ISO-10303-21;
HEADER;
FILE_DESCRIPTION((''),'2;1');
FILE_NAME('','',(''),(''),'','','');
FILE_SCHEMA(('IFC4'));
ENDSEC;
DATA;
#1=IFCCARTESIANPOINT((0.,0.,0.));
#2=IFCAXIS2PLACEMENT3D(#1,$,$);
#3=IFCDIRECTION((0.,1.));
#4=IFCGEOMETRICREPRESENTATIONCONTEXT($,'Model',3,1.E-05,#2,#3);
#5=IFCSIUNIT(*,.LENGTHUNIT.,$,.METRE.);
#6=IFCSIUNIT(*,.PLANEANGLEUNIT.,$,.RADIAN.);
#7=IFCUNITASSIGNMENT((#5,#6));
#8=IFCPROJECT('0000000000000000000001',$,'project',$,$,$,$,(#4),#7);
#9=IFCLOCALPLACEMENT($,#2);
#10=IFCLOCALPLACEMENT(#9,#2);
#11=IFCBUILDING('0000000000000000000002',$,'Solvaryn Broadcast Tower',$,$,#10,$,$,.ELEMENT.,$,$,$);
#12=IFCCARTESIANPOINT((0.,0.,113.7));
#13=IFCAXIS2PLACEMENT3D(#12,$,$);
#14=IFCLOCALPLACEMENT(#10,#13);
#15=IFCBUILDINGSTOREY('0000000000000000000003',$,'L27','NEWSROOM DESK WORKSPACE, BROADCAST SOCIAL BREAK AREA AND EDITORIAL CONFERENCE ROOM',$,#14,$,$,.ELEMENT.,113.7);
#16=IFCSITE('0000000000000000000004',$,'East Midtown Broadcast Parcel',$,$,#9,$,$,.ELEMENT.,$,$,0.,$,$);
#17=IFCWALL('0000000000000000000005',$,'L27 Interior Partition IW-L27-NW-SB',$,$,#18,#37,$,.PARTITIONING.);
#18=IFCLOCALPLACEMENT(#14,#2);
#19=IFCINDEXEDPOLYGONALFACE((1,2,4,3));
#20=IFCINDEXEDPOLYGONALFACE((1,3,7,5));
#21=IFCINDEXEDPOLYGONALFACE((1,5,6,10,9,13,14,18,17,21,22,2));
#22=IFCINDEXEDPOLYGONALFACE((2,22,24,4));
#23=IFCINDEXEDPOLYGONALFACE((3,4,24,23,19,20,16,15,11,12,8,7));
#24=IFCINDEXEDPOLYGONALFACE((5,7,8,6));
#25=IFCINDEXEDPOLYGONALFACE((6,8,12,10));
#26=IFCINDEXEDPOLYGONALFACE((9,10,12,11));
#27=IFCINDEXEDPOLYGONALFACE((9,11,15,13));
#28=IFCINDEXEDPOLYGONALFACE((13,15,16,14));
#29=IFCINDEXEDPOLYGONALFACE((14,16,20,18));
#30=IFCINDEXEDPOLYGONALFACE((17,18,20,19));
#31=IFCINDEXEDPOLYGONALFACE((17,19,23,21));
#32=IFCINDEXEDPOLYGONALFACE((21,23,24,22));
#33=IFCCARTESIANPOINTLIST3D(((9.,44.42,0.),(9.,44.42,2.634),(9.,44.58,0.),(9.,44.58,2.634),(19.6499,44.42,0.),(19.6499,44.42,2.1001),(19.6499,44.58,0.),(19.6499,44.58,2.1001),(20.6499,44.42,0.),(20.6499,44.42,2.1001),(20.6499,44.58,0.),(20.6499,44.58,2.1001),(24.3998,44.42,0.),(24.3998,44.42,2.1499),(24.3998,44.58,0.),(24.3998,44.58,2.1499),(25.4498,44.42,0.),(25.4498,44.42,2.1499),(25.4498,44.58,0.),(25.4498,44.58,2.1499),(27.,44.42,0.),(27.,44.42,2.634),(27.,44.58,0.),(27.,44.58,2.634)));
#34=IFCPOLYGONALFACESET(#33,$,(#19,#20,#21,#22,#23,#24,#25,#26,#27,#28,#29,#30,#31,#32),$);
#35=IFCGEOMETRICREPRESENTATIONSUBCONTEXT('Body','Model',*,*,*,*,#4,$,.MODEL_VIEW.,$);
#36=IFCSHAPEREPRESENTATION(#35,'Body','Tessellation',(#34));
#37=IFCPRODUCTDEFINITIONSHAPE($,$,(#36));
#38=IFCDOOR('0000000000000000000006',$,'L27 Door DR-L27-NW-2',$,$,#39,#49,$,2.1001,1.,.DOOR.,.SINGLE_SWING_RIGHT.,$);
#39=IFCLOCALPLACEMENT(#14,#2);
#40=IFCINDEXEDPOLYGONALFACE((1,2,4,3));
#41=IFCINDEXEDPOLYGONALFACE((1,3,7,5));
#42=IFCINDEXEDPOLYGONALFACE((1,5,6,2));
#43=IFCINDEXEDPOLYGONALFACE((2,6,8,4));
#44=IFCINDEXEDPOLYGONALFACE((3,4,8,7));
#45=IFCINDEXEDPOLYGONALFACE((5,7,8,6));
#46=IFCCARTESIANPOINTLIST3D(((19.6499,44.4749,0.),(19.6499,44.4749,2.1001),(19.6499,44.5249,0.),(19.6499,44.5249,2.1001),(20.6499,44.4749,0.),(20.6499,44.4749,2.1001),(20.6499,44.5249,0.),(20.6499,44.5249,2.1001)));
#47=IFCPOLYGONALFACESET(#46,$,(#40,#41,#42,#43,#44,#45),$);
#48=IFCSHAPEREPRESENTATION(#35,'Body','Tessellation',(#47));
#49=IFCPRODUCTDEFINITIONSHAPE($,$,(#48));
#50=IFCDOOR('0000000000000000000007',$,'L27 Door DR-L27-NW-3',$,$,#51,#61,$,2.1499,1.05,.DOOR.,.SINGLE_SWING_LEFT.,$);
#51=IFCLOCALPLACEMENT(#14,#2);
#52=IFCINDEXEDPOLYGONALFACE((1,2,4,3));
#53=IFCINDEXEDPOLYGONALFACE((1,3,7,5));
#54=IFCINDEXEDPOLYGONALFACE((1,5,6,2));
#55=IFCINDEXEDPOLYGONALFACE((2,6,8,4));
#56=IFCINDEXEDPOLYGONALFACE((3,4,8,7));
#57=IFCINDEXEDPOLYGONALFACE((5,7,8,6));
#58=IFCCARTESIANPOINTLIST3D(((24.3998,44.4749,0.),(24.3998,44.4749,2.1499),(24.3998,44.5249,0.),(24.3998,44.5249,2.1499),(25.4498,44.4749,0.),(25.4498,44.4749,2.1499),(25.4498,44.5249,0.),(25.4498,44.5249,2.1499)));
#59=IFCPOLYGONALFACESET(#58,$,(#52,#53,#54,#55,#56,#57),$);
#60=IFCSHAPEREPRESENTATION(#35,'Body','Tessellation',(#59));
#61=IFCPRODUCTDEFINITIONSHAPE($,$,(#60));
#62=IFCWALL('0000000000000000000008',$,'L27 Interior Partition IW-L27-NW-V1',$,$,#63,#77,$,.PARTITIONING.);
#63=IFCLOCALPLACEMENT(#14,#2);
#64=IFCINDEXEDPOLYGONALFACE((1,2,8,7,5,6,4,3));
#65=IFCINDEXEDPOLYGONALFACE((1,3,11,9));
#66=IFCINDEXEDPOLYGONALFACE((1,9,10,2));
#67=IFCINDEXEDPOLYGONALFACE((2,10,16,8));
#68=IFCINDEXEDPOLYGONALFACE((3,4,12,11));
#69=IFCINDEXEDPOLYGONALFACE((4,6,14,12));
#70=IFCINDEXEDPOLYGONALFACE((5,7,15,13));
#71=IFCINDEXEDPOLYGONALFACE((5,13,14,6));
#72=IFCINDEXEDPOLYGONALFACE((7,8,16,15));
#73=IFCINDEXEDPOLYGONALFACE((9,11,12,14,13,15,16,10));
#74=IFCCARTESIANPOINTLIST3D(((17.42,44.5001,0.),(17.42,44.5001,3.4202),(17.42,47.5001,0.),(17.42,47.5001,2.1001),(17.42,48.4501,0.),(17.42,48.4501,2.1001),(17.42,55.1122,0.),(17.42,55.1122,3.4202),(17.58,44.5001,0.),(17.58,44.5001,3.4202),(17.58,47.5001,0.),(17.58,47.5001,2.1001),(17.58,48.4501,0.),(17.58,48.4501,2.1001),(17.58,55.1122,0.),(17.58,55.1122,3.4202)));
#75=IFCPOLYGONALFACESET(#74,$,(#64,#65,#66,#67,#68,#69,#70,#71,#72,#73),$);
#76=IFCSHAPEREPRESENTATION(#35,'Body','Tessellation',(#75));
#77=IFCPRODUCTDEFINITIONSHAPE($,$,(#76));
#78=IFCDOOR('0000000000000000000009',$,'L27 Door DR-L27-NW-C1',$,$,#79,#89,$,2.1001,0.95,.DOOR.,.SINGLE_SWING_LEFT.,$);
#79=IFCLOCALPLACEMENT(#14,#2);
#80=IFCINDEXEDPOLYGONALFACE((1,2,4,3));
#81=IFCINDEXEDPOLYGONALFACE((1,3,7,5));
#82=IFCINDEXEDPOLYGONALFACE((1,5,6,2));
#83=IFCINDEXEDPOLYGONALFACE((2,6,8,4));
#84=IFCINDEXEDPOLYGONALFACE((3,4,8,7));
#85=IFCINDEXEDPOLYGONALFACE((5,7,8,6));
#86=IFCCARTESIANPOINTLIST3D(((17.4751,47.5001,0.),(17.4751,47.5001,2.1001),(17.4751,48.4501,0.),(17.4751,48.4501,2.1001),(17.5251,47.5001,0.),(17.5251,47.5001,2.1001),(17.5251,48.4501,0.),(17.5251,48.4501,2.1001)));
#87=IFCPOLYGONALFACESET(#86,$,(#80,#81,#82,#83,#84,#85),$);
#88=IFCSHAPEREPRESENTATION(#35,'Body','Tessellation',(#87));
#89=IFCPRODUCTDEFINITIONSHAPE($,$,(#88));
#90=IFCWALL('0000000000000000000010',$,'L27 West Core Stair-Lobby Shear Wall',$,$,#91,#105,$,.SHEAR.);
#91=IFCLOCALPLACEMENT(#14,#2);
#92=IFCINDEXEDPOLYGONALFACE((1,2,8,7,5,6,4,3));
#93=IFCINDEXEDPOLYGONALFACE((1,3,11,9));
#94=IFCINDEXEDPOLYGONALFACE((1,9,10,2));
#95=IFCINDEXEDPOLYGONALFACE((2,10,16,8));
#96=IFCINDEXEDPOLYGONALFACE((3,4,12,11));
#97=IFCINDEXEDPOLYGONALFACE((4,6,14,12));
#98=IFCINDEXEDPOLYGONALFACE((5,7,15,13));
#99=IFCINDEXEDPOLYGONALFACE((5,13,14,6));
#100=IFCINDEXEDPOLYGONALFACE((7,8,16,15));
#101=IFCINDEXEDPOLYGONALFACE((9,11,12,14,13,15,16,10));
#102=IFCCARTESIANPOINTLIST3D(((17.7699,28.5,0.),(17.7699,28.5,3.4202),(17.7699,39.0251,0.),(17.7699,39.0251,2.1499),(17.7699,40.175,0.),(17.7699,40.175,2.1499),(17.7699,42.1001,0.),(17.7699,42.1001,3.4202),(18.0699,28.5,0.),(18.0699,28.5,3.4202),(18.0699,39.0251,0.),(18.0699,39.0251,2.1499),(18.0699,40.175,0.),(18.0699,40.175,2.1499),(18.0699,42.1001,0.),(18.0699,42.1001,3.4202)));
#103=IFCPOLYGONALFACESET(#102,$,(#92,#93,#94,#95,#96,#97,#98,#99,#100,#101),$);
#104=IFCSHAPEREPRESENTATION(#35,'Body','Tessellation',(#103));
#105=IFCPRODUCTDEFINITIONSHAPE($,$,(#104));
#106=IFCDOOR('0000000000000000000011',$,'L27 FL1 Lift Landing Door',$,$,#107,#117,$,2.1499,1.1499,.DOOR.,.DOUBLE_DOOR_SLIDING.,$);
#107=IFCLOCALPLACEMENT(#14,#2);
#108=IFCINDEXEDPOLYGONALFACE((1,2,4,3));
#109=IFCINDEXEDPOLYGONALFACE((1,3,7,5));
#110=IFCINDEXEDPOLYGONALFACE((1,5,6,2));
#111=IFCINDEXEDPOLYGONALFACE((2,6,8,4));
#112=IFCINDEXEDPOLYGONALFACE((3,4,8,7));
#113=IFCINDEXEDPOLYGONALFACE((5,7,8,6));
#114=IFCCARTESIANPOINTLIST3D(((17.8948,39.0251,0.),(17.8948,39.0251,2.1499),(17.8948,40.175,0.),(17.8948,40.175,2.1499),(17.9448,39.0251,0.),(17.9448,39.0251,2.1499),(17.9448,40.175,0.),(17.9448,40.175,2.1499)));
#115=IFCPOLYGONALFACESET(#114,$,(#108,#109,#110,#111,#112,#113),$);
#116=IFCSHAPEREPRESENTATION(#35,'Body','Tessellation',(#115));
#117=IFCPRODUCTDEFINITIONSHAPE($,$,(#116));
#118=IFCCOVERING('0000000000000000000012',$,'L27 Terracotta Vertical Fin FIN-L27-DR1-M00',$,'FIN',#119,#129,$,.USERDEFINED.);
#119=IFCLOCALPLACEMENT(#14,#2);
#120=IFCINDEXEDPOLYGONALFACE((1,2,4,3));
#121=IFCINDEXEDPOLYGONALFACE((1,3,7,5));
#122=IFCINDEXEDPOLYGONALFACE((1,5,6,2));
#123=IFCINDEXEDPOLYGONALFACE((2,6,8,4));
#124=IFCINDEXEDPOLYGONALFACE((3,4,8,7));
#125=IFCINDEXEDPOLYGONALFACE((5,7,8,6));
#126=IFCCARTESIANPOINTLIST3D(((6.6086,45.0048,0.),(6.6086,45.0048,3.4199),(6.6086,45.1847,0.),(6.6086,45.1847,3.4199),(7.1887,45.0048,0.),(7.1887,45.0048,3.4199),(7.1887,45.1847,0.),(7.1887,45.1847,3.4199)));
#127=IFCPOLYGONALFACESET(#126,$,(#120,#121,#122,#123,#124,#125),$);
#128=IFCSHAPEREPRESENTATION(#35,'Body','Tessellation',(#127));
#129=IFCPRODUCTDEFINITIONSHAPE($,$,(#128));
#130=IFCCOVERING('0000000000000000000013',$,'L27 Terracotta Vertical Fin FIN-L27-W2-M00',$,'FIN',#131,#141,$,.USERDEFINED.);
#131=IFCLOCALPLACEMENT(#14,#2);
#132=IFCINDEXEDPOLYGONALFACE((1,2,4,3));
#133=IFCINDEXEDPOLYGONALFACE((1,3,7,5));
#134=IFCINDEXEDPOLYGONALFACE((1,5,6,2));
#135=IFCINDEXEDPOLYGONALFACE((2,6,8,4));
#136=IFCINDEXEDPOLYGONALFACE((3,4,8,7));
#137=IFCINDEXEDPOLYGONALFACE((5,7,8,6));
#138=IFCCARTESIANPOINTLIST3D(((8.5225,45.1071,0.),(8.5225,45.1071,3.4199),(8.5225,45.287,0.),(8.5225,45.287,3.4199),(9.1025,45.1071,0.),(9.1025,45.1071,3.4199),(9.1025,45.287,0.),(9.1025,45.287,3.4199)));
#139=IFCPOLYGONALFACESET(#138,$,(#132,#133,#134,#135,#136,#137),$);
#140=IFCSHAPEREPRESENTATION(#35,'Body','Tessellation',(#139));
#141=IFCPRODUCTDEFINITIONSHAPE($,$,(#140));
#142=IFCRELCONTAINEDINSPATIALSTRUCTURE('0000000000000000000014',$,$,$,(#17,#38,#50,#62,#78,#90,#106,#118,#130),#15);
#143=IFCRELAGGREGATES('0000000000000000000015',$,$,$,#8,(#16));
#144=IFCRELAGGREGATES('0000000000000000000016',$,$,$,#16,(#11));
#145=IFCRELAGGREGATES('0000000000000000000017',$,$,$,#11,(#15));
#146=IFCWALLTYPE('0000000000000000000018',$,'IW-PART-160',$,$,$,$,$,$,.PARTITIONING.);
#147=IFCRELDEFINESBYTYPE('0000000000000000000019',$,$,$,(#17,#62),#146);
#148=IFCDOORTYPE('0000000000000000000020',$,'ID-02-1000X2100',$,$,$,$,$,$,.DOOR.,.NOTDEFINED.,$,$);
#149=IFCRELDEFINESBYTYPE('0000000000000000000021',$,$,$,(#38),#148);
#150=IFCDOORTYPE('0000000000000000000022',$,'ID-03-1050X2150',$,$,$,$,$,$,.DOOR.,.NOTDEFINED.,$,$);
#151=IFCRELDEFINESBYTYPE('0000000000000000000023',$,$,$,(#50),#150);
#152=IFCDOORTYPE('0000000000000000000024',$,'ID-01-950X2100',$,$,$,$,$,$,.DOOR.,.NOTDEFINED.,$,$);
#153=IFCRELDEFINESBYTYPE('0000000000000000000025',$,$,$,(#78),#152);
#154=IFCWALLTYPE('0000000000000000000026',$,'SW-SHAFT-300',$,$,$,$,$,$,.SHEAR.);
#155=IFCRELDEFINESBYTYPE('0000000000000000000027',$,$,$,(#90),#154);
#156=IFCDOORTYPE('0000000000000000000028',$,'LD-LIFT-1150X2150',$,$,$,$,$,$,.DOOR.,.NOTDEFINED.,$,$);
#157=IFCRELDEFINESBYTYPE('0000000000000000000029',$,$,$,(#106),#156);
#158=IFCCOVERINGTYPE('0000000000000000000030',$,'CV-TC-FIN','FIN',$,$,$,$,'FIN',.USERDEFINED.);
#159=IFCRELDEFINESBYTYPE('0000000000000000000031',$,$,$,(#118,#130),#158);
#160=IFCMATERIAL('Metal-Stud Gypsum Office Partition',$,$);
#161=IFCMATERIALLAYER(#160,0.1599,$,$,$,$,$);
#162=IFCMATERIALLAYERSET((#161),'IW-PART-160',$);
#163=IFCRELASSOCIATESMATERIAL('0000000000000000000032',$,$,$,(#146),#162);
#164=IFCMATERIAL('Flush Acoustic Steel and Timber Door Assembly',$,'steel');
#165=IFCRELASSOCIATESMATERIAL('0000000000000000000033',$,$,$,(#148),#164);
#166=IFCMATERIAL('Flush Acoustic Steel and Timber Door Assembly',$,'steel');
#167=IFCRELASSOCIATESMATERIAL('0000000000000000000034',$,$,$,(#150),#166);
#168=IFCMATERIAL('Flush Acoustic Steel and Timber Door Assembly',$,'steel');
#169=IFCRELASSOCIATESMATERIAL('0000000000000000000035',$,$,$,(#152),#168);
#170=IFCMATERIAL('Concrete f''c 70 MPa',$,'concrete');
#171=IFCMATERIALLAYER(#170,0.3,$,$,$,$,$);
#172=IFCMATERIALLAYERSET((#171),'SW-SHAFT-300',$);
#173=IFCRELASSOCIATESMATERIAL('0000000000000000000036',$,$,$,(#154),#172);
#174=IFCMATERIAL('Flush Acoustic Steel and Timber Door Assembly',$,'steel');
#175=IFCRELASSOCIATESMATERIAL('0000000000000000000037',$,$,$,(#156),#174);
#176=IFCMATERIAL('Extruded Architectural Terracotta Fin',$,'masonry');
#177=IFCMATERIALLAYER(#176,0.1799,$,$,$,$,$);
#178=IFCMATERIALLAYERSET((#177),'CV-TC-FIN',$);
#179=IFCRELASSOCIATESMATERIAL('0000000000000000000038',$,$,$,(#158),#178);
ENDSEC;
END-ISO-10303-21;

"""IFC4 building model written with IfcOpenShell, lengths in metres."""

from ifc_helpers import new_model, si_unit, direction, frame, frame_2d, origin, origin_2d, place, context, subcontext, project, spatial, rectangle, extrude, material, layer, layer_set, type_object, element, fill, save


model = new_model("IFC4")

# Units and contexts
model_context = context("Model", 3, precision=1e-05, world=origin(), true_north=direction((0.0, 1.0)))
body_context = subcontext(model_context, "Body", "Model", "MODEL_VIEW")
ifc_project = project(units=[si_unit("LENGTHUNIT", "METRE"), si_unit("PLANEANGLEUNIT", "RADIAN")], contexts=[model_context])

# Site, building, storey
site_placement = place(None, origin())
site = spatial("IfcSite", under=ifc_project, at=site_placement, Name="East Midtown Broadcast Parcel", CompositionType="ELEMENT", RefElevation=0.0)
building_placement = place(site_placement, origin())
building = spatial("IfcBuilding", under=site, at=building_placement, Name="Solvaryn Broadcast Tower", CompositionType="ELEMENT")
storey_placement = place(building_placement, frame((0.0, 0.0, 113.7)))
storey = spatial("IfcBuildingStorey", under=building, at=storey_placement, Name="L27", Description="NEWSROOM DESK WORKSPACE, BROADCAST SOCIAL BREAK AREA AND EDITORIAL CONFERENCE ROOM", CompositionType="ELEMENT", Elevation=113.7)

# Shared definitions
ifc_material_1 = material(Name="Metal-Stud Gypsum Office Partition")
ifc_layer_1 = layer(ifc_material_1, 0.1599)
ifc_layer_set_1 = layer_set([ifc_layer_1], Name="IW-PART-160")
wall_type_1 = type_object("IfcWallType", Name="IW-PART-160", PredefinedType="PARTITIONING", material=ifc_layer_set_1)

# Wall, openings, doors
wall_1_placement = place(storey_placement, frame((9.0, 44.5, 0.0), z_axis=(0.0, 0.0, 1.0), x_axis=(1.0, 0.0, 0.0)))
wall_1 = element("IfcWall", 1, at=wall_1_placement, inside=storey, type_object=wall_type_1, Name="L27 Interior Partition IW-L27-NW-SB", PredefinedType="PARTITIONING", context=body_context, shape_type="SweptSolid", body=[
    extrude(rectangle(XDim=18.0, YDim=0.1599, at=frame_2d((9.0, 0.0))), origin(), (0.0, 0.0, 1.0), 2.634),
])
opening_1_placement = place(wall_1_placement, frame((10.6499, 0.0, 0.0)))
opening_1 = element("IfcOpeningElement", 2, at=opening_1_placement, cuts=wall_1, PredefinedType="OPENING", context=body_context, shape_type="SweptSolid", body=[
    extrude(rectangle(XDim=1.0, YDim=2.1001, at=frame_2d((0.5, 1.05))), frame((0.0, 0.0901, 0.0), z_axis=(0.0, -1.0, 0.0), x_axis=(1.0, 0.0, 0.0)), (0.0, 0.0, 1.0), 0.1799),
])
opening_2_placement = place(wall_1_placement, frame((15.3999, 0.0, 0.0)))
opening_2 = element("IfcOpeningElement", 3, at=opening_2_placement, cuts=wall_1, PredefinedType="OPENING", context=body_context, shape_type="SweptSolid", body=[
    extrude(rectangle(XDim=1.05, YDim=2.1499, at=frame_2d((0.5249, 1.075))), frame((0.0, 0.0901, 0.0), z_axis=(0.0, -1.0, 0.0), x_axis=(1.0, 0.0, 0.0)), (0.0, 0.0, 1.0), 0.1799),
])
ifc_material_2 = material(Name="Flush Acoustic Steel and Timber Door Assembly", Category="steel")
door_type_1 = type_object("IfcDoorType", Name="ID-02-1000X2100", OperationType="NOTDEFINED", PredefinedType="DOOR", material=ifc_material_2)
door_1_placement = place(opening_1_placement, origin())
door_1 = element("IfcDoor", 4, at=door_1_placement, inside=storey, type_object=door_type_1, Name="L27 Door DR-L27-NW-2", OperationType="SINGLE_SWING_RIGHT", OverallHeight=2.1001, OverallWidth=1.0, PredefinedType="DOOR", context=body_context, shape_type="SweptSolid", body=[
    extrude(rectangle(XDim=1.0, YDim=2.1001, at=frame_2d((0.5, 1.05))), frame((0.0, 0.0249, 0.0), z_axis=(0.0, -1.0, 0.0), x_axis=(1.0, 0.0, 0.0)), (0.0, 0.0, 1.0), 0.05),
])
fill(opening_1, door_1)
ifc_material_3 = material(Name="Flush Acoustic Steel and Timber Door Assembly", Category="steel")
door_type_2 = type_object("IfcDoorType", Name="ID-03-1050X2150", OperationType="NOTDEFINED", PredefinedType="DOOR", material=ifc_material_3)
door_2_placement = place(opening_2_placement, origin())
door_2 = element("IfcDoor", 5, at=door_2_placement, inside=storey, type_object=door_type_2, Name="L27 Door DR-L27-NW-3", OperationType="SINGLE_SWING_LEFT", OverallHeight=2.1499, OverallWidth=1.05, PredefinedType="DOOR", context=body_context, shape_type="SweptSolid", body=[
    extrude(rectangle(XDim=1.05, YDim=2.1499, at=frame_2d((0.5249, 1.075))), frame((0.0, 0.0249, 0.0), z_axis=(0.0, -1.0, 0.0), x_axis=(1.0, 0.0, 0.0)), (0.0, 0.0, 1.0), 0.05),
])
fill(opening_2, door_2)

# Walls, openings, doors
wall_2_placement = place(storey_placement, frame((17.5, 44.5, 0.0), z_axis=(0.0, 0.0, 1.0), x_axis=(0.0, 1.0, 0.0)))
wall_2 = element("IfcWall", 6, at=wall_2_placement, inside=storey, type_object=wall_type_1, Name="L27 Interior Partition IW-L27-NW-V1", PredefinedType="PARTITIONING", context=body_context, shape_type="SweptSolid", body=[
    extrude(rectangle(XDim=10.6121, YDim=0.1599, at=frame_2d((5.3062, 0.0))), origin(), (0.0, 0.0, 1.0), 3.4202),
])
opening_3_placement = place(wall_2_placement, frame((3.0, 0.0, 0.0)))
opening_3 = element("IfcOpeningElement", 7, at=opening_3_placement, cuts=wall_2, PredefinedType="OPENING", context=body_context, shape_type="SweptSolid", body=[
    extrude(rectangle(XDim=0.95, YDim=2.1001, at=frame_2d((0.4751, 1.05))), frame((0.0, 0.0901, 0.0), z_axis=(0.0, -1.0, 0.0), x_axis=(1.0, 0.0, 0.0)), (0.0, 0.0, 1.0), 0.1799),
])
ifc_material_4 = material(Name="Flush Acoustic Steel and Timber Door Assembly", Category="steel")
door_type_3 = type_object("IfcDoorType", Name="ID-01-950X2100", OperationType="NOTDEFINED", PredefinedType="DOOR", material=ifc_material_4)
door_3_placement = place(opening_3_placement, origin())
door_3 = element("IfcDoor", 8, at=door_3_placement, inside=storey, type_object=door_type_3, Name="L27 Door DR-L27-NW-C1", OperationType="SINGLE_SWING_LEFT", OverallHeight=2.1001, OverallWidth=0.95, PredefinedType="DOOR", context=body_context, shape_type="SweptSolid", body=[
    extrude(rectangle(XDim=0.95, YDim=2.1001, at=frame_2d((0.4751, 1.05))), frame((0.0, 0.0249, 0.0), z_axis=(0.0, -1.0, 0.0), x_axis=(1.0, 0.0, 0.0)), (0.0, 0.0, 1.0), 0.05),
])
fill(opening_3, door_3)
ifc_material_5 = material(Name="Concrete f'c 70 MPa", Category="concrete")
ifc_layer_2 = layer(ifc_material_5, 0.3)
ifc_layer_set_2 = layer_set([ifc_layer_2], Name="SW-SHAFT-300")
wall_type_2 = type_object("IfcWallType", Name="SW-SHAFT-300", PredefinedType="SHEAR", material=ifc_layer_set_2)
wall_3_placement = place(storey_placement, frame((17.9199, 42.1001, 0.0), z_axis=(0.0, 0.0, 1.0), x_axis=(0.0, -1.0, 0.0)))
wall_3 = element("IfcWall", 9, at=wall_3_placement, inside=storey, type_object=wall_type_2, Name="L27 West Core Stair-Lobby Shear Wall", PredefinedType="SHEAR", context=body_context, shape_type="SweptSolid", body=[
    extrude(rectangle(XDim=13.6001, YDim=0.3, at=frame_2d((6.8, 0.0))), origin(), (0.0, 0.0, 1.0), 3.4202),
])
opening_4_placement = place(wall_3_placement, frame((1.925, 0.0, 0.0)))
opening_4 = element("IfcOpeningElement", 10, at=opening_4_placement, cuts=wall_3, PredefinedType="OPENING", context=body_context, shape_type="SweptSolid", body=[
    extrude(rectangle(XDim=1.1499, YDim=2.1499, at=frame_2d((0.575, 1.075))), frame((0.0, 0.1599, 0.0), z_axis=(0.0, -1.0, 0.0), x_axis=(1.0, 0.0, 0.0)), (0.0, 0.0, 1.0), 0.3201),
])
ifc_material_6 = material(Name="Flush Acoustic Steel and Timber Door Assembly", Category="steel")
door_type_4 = type_object("IfcDoorType", Name="LD-LIFT-1150X2150", OperationType="NOTDEFINED", PredefinedType="DOOR", material=ifc_material_6)
door_4_placement = place(opening_4_placement, origin())
door_4 = element("IfcDoor", 11, at=door_4_placement, inside=storey, type_object=door_type_4, Name="L27 FL1 Lift Landing Door", OperationType="DOUBLE_DOOR_SLIDING", OverallHeight=2.1499, OverallWidth=1.1499, PredefinedType="DOOR", context=body_context, shape_type="SweptSolid", body=[
    extrude(rectangle(XDim=1.1499, YDim=2.1499, at=frame_2d((0.575, 1.075))), frame((0.0, 0.0249, 0.0), z_axis=(0.0, -1.0, 0.0), x_axis=(1.0, 0.0, 0.0)), (0.0, 0.0, 1.0), 0.05),
])
fill(opening_4, door_4)

# Coverings
ifc_material_7 = material(Name="Extruded Architectural Terracotta Fin", Category="masonry")
ifc_layer_3 = layer(ifc_material_7, 0.1799)
ifc_layer_set_3 = layer_set([ifc_layer_3], Name="CV-TC-FIN")
covering_type = type_object("IfcCoveringType", Name="CV-TC-FIN", Description="FIN", ElementType="FIN", PredefinedType="USERDEFINED", material=ifc_layer_set_3)
for number, where, z_axis, x_axis, name in (
    (12, (6.8987, 45.0947, 0.0), (0.0, 0.0, 1.0), (1.0, 0.0, 0.0), "L27 Terracotta Vertical Fin FIN-L27-DR1-M00"),
    (13, (8.8125, 45.197, 0.0), (0.0, 0.0, 1.0), (1.0, 0.0, 0.0), "L27 Terracotta Vertical Fin FIN-L27-W2-M00"),
):
    element("IfcCovering", number, at=place(storey_placement, frame(where, z_axis=z_axis, x_axis=x_axis)), inside=storey, type_object=covering_type, Name=name, ObjectType="FIN", PredefinedType="USERDEFINED", context=body_context, shape_type="SweptSolid", body=[
        extrude(rectangle(XDim=0.5801, YDim=0.1799, at=origin_2d()), origin(), (0.0, 0.0, 1.0), 3.4199),
    ])

save(model, "model.ifc")
